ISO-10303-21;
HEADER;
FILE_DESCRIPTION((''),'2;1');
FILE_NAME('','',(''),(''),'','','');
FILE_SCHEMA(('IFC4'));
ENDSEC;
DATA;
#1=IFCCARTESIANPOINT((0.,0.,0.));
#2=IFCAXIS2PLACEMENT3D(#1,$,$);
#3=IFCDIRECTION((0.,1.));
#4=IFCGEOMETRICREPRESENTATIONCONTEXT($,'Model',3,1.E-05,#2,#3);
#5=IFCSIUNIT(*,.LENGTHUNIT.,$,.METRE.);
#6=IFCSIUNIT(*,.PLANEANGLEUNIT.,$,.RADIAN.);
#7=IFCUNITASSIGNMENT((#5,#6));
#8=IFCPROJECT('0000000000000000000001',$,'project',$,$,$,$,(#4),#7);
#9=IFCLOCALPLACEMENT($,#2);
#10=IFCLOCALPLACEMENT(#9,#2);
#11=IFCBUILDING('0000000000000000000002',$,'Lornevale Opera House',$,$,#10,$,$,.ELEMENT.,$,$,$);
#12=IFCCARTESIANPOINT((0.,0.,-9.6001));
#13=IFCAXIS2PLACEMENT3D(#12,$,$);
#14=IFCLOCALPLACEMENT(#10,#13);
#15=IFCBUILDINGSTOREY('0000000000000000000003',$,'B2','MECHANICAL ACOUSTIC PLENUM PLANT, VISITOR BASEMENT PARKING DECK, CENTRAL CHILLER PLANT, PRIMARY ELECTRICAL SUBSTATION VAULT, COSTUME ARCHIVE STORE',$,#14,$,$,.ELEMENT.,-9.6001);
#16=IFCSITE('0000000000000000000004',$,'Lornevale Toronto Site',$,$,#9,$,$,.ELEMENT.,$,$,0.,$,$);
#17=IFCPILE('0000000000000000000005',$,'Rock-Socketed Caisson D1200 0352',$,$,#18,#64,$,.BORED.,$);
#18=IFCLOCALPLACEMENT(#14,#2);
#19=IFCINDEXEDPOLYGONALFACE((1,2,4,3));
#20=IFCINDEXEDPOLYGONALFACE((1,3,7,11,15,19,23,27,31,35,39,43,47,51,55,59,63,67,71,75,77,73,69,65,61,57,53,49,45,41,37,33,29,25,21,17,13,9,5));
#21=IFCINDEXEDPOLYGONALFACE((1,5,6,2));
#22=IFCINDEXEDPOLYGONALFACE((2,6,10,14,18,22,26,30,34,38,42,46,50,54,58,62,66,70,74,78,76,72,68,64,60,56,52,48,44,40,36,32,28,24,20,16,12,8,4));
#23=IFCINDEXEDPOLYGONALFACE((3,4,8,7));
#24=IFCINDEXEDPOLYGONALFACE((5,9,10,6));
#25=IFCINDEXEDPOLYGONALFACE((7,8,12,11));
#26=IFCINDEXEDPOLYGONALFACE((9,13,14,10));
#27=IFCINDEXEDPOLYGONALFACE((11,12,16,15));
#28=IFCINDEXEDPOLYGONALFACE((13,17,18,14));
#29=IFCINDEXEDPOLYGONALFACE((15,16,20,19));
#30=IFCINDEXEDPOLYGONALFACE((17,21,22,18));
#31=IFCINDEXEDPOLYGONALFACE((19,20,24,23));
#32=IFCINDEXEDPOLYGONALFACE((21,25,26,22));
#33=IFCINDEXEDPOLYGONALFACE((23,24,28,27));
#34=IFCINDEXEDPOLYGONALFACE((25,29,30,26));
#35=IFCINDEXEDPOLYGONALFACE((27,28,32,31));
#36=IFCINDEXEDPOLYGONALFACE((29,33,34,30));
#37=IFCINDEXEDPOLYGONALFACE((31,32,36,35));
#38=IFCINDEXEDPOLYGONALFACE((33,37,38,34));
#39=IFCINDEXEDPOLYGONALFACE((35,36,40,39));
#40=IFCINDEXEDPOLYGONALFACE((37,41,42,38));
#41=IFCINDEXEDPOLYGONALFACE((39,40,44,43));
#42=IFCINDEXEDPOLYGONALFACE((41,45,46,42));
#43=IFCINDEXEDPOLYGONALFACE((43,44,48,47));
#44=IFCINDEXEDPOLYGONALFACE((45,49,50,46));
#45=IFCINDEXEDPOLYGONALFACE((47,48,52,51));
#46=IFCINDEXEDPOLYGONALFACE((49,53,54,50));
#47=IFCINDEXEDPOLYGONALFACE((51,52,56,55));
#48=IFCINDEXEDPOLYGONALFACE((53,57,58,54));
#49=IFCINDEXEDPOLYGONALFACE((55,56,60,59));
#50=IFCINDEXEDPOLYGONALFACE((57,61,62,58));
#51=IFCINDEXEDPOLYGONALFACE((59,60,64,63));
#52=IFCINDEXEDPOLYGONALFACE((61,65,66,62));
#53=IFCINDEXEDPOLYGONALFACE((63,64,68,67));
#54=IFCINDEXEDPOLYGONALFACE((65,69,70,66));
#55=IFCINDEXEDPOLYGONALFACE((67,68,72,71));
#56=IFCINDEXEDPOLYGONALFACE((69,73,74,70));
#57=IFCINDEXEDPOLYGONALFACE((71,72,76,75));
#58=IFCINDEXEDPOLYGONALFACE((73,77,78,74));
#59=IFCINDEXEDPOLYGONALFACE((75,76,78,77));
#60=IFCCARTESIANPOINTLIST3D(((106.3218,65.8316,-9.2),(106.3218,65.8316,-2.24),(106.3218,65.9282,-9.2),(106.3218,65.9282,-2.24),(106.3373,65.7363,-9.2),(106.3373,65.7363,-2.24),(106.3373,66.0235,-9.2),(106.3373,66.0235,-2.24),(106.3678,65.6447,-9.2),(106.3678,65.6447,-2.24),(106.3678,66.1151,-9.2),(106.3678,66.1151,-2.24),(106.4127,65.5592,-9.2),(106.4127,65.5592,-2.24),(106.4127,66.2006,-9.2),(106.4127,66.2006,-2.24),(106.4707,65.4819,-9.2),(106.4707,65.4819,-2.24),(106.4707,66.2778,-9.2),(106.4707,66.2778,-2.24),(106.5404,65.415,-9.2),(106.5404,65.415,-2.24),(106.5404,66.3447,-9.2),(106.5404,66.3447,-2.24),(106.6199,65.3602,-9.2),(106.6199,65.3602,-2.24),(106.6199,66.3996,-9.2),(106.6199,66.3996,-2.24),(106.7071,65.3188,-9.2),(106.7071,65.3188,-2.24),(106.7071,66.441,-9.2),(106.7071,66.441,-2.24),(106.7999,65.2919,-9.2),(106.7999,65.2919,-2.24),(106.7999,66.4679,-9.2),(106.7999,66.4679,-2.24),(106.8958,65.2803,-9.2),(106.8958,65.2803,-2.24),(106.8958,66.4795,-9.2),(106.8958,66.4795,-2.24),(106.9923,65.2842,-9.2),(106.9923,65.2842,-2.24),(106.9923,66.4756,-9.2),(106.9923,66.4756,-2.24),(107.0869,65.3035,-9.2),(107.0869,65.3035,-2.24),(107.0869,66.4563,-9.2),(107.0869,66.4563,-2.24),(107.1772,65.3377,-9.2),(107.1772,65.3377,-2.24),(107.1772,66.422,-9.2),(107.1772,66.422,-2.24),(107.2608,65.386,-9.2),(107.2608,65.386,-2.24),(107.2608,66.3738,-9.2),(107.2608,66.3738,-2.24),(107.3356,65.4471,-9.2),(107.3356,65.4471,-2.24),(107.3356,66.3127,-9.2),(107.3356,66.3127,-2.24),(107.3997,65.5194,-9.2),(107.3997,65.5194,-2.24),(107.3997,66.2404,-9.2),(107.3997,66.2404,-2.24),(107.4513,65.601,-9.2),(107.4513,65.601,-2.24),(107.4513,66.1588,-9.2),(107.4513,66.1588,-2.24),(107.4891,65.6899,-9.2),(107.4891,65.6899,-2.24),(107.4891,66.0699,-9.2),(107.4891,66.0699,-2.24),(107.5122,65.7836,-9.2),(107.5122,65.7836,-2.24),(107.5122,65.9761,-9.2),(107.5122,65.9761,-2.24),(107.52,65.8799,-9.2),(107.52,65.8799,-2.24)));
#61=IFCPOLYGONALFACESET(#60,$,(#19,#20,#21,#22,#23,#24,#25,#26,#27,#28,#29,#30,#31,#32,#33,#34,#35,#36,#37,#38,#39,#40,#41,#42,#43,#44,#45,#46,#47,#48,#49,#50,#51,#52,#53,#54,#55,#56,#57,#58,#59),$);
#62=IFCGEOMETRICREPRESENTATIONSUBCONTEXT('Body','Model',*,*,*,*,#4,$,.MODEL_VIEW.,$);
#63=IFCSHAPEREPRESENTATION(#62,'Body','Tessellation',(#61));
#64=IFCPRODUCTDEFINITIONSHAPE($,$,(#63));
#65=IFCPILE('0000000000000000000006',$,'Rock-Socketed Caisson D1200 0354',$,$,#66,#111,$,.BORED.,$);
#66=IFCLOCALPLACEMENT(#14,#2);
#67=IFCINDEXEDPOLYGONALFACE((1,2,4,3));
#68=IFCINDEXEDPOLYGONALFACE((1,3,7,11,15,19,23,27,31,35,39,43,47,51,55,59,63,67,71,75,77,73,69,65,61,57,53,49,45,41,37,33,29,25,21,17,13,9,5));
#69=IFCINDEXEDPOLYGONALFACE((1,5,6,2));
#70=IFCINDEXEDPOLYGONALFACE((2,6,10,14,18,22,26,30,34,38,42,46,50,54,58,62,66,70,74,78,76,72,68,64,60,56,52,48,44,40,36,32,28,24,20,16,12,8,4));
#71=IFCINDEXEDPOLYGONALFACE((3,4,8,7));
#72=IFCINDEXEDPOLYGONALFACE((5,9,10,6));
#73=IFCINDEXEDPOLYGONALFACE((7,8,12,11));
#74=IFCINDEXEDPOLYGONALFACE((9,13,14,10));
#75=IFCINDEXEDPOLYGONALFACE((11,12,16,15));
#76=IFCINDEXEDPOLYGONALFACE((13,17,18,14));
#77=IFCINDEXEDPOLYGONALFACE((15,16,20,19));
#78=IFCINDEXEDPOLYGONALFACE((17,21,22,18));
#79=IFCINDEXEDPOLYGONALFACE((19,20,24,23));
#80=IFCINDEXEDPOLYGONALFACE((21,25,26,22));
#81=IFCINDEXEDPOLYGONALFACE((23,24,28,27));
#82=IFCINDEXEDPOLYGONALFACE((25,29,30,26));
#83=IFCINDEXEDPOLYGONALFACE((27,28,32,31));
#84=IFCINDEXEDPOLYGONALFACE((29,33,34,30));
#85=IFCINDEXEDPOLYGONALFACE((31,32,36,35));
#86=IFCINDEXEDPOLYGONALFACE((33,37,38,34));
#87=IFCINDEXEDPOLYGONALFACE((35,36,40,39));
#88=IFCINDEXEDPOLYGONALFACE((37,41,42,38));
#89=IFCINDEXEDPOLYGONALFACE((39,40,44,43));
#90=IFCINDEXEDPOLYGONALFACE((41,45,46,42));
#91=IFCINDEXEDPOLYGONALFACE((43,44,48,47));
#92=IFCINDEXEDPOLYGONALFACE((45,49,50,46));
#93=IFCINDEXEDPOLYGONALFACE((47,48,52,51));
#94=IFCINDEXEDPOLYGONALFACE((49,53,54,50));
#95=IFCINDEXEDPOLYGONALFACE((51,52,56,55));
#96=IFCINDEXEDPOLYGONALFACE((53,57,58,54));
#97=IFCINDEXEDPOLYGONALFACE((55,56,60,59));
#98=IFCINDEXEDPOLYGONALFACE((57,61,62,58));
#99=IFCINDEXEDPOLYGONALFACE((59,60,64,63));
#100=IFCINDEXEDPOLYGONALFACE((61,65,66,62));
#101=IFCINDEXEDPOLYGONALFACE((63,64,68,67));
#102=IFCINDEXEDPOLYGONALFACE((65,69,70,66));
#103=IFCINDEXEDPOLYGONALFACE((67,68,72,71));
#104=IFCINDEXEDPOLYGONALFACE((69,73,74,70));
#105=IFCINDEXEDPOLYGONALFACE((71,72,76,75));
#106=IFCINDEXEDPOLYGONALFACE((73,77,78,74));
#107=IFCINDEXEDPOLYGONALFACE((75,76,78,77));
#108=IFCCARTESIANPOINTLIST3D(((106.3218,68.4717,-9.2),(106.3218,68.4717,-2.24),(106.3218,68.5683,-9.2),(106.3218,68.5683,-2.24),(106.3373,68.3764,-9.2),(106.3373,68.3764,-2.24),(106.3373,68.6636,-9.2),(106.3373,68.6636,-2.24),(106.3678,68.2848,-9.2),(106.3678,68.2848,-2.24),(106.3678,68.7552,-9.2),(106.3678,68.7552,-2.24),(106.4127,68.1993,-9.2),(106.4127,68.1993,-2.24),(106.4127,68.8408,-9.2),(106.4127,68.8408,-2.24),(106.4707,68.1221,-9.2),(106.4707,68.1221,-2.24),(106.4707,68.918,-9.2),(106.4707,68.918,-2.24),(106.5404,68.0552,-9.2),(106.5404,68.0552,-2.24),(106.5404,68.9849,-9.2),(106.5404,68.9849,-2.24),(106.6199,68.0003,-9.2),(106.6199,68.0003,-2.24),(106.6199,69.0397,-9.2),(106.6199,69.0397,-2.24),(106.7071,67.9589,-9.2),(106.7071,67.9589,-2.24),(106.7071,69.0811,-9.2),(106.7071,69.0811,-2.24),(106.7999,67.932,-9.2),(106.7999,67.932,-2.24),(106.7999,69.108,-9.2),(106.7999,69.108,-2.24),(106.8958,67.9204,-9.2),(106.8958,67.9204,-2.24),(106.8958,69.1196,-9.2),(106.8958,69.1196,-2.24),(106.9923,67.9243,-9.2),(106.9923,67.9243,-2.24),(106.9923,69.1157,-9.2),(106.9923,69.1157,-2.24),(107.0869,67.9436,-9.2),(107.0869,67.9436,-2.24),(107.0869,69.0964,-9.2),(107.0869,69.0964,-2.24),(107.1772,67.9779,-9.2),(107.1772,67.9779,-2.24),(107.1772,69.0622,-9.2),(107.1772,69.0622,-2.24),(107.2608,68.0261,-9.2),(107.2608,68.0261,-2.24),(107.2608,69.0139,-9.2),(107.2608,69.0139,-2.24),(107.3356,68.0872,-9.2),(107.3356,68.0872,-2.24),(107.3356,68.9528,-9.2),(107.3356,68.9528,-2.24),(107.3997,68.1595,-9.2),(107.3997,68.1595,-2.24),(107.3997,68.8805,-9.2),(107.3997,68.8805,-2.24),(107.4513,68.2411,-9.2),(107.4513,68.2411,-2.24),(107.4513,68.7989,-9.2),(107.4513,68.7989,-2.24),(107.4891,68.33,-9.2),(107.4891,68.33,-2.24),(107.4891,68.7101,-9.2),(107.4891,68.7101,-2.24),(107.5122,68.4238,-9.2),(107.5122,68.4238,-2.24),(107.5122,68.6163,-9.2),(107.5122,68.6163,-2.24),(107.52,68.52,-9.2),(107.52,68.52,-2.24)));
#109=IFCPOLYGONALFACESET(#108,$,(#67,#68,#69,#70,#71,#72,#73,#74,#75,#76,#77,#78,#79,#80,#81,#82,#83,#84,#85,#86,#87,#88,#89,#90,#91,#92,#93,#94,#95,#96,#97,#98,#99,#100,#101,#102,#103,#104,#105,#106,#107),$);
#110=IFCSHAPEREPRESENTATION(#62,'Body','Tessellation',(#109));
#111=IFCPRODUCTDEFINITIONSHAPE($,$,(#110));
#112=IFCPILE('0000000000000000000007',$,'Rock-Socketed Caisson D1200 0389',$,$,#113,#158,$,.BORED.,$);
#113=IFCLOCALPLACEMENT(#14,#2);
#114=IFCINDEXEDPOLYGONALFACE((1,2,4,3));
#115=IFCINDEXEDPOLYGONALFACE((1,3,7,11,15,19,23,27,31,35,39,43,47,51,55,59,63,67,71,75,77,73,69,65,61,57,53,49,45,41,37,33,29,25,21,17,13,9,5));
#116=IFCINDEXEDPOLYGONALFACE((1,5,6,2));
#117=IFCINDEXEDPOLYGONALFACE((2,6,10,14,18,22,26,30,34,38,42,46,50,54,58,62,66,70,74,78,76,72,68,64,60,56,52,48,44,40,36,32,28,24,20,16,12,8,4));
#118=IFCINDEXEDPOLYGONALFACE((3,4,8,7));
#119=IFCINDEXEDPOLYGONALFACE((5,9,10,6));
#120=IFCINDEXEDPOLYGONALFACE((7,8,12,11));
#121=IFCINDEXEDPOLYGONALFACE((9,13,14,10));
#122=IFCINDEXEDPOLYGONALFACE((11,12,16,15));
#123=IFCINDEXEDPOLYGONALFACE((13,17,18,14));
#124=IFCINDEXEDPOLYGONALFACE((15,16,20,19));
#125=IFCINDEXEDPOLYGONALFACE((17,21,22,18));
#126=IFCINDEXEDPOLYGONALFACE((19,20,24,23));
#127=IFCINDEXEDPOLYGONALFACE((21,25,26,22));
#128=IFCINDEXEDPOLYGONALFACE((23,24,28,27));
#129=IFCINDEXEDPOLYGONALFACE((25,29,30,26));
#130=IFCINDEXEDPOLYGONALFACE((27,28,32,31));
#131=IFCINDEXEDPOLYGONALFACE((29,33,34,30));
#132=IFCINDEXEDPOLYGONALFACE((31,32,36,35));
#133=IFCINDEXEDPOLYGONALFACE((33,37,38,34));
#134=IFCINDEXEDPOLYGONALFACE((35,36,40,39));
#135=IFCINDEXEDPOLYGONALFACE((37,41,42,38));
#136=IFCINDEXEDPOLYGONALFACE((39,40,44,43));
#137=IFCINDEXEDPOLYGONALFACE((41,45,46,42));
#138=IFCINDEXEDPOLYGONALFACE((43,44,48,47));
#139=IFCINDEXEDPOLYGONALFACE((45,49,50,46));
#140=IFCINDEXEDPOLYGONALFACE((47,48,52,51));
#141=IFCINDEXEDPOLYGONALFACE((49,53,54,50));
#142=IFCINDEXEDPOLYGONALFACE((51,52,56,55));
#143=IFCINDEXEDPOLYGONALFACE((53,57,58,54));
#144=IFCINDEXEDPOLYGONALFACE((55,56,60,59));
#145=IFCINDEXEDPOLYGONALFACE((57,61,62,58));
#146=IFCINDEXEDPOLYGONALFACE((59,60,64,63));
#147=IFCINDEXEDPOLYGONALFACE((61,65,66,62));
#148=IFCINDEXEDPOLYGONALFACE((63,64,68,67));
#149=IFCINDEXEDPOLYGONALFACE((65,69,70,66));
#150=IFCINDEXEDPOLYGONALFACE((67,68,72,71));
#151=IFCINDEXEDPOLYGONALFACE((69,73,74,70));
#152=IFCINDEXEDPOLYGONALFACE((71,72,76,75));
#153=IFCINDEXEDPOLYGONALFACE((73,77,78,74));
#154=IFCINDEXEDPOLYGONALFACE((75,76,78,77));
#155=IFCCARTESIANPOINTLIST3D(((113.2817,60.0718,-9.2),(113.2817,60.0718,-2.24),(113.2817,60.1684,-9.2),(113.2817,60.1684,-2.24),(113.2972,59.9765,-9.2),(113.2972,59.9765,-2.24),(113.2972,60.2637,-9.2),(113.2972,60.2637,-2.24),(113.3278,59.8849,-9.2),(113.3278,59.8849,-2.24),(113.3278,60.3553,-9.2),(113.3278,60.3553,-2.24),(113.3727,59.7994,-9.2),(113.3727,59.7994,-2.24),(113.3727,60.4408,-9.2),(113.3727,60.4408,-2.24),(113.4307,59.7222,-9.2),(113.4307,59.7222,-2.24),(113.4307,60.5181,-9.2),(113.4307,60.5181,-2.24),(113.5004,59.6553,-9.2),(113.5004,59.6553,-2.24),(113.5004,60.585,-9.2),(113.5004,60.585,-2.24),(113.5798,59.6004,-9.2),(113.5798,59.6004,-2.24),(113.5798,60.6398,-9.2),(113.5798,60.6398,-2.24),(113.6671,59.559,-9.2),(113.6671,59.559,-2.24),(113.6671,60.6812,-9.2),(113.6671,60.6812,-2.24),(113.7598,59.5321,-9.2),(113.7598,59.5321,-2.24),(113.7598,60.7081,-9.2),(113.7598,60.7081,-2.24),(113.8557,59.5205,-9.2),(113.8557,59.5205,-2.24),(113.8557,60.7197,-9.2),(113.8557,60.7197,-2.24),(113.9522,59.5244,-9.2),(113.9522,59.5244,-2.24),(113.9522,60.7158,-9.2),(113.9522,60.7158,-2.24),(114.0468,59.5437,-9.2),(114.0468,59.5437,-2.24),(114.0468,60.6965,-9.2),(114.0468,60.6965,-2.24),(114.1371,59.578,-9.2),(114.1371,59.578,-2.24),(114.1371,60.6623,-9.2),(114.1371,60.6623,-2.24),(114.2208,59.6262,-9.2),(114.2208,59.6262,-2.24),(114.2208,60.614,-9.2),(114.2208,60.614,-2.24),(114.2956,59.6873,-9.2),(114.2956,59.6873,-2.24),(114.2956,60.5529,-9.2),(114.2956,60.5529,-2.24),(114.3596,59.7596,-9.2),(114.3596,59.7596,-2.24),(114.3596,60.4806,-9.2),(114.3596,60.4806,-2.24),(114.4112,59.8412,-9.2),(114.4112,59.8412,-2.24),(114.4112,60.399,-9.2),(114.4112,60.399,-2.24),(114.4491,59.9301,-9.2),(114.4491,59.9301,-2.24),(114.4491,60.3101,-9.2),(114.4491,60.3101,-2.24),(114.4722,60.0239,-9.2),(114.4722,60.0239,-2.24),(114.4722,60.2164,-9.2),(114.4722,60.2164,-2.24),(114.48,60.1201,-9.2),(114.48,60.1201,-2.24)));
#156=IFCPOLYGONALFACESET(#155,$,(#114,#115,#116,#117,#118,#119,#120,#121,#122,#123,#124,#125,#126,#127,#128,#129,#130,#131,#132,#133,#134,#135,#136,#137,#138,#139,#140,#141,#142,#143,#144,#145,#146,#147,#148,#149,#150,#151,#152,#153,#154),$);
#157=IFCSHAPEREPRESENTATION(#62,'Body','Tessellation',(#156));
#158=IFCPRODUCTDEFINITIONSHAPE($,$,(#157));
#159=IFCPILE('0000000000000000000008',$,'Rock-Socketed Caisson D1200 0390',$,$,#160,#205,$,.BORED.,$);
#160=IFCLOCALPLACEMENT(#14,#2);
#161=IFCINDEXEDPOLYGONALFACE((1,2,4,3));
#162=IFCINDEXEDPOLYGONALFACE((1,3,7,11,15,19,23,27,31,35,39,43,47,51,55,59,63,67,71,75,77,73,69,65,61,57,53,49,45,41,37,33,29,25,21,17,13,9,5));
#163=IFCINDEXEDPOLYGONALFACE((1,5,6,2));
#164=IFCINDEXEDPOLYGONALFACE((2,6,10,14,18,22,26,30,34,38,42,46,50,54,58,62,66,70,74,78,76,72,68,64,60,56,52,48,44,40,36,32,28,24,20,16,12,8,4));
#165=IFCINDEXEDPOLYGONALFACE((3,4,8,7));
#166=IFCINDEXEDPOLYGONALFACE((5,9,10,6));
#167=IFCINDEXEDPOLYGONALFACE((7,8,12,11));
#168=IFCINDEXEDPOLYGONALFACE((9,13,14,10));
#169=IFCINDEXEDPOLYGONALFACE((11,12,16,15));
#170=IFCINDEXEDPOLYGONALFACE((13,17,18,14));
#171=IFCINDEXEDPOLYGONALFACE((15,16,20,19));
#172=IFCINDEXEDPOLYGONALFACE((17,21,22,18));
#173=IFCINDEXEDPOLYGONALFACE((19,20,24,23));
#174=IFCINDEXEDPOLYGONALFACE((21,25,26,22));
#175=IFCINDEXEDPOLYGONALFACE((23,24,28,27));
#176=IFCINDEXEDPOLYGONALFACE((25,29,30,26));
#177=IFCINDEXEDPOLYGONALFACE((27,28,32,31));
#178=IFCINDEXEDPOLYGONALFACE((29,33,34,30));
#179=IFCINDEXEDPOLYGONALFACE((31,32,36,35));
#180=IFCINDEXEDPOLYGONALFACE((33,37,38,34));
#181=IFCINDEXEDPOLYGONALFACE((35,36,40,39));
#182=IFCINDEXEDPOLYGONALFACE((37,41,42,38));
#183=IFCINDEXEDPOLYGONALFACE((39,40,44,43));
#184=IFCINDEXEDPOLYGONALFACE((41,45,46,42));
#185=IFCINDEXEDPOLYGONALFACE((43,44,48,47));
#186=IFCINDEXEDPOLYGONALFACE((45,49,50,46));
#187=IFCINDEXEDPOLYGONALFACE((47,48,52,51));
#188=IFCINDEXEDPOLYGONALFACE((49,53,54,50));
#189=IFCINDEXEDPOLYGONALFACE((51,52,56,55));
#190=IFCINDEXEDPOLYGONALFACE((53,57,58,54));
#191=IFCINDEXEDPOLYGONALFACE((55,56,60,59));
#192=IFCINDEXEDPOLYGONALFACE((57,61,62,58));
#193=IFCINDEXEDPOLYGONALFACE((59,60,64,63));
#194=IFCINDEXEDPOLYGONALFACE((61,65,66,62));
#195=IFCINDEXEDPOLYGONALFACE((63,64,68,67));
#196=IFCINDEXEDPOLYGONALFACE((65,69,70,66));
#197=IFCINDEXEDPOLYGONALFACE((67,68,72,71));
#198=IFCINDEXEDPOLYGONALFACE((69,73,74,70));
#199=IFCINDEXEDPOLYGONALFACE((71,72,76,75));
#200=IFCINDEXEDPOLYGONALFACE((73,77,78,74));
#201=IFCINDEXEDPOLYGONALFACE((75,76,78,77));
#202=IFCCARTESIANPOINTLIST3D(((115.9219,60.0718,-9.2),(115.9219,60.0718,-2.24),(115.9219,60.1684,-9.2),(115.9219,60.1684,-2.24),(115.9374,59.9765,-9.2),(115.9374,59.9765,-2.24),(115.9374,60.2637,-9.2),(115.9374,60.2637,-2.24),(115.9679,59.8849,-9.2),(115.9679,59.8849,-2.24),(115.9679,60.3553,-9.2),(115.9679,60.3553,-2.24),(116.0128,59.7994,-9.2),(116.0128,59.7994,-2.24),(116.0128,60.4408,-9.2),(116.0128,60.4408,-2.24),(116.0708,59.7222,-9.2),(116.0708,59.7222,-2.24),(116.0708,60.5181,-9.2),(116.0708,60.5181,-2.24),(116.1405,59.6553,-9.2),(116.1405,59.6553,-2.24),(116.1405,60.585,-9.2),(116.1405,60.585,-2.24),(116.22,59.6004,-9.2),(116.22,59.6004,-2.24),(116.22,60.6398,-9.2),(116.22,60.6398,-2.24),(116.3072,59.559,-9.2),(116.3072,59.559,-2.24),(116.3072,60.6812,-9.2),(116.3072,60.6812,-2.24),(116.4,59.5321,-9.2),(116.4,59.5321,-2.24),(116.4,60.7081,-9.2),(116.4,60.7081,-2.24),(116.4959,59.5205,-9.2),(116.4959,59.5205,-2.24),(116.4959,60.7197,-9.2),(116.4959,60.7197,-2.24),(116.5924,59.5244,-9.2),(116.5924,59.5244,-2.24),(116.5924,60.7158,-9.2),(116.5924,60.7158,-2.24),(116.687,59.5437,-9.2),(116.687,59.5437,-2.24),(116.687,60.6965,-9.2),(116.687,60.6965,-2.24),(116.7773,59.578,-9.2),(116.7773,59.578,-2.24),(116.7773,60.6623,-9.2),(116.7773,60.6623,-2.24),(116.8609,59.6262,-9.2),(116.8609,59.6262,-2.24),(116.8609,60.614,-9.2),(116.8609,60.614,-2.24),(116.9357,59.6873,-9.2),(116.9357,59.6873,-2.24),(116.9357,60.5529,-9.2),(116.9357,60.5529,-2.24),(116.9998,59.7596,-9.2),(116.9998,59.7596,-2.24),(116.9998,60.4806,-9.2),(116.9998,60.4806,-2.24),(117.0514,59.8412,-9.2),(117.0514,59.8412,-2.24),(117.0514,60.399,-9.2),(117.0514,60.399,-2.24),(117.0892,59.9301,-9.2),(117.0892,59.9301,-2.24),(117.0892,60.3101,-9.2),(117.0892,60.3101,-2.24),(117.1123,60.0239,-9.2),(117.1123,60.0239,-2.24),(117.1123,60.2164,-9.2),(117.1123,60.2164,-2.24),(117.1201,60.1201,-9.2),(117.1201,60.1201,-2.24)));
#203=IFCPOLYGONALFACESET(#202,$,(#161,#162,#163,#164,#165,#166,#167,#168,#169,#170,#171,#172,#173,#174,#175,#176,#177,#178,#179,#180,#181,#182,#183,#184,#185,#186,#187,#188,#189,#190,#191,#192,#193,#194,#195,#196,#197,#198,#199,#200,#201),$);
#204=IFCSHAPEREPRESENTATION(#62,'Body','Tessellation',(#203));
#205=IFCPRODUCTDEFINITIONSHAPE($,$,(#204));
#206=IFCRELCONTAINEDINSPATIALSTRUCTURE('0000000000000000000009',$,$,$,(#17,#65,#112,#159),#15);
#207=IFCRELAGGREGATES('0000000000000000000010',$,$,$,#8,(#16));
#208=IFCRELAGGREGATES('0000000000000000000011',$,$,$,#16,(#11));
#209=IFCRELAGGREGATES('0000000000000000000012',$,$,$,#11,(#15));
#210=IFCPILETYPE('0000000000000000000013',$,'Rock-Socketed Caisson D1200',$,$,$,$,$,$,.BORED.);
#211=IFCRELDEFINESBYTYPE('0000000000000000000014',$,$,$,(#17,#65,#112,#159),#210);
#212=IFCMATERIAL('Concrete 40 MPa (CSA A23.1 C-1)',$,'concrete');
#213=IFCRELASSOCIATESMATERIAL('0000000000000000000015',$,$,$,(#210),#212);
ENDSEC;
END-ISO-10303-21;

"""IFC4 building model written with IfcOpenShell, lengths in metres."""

from ifc_helpers import new_model, si_unit, direction, frame, origin, origin_2d, place, context, subcontext, project, spatial, circle, extrude, material, material_profile, profile_set, type_object, element, save


model = new_model("IFC4")

# Units and contexts
model_context = context("Model", 3, precision=1e-05, world=origin(), true_north=direction((0.0, 1.0)))
body_context = subcontext(model_context, "Body", "Model", "MODEL_VIEW")
ifc_project = project(units=[si_unit("LENGTHUNIT", "METRE"), si_unit("PLANEANGLEUNIT", "RADIAN")], contexts=[model_context])

# Site, building, storey
site_placement = place(None, origin())
site = spatial("IfcSite", under=ifc_project, at=site_placement, Name="Lornevale Toronto Site", CompositionType="ELEMENT", RefElevation=0.0)
building_placement = place(site_placement, origin())
building = spatial("IfcBuilding", under=site, at=building_placement, Name="Lornevale Opera House", CompositionType="ELEMENT")
storey_placement = place(building_placement, frame((0.0, 0.0, -9.6001)))
storey = spatial("IfcBuildingStorey", under=building, at=storey_placement, Name="B2", Description="MECHANICAL ACOUSTIC PLENUM PLANT, VISITOR BASEMENT PARKING DECK, CENTRAL CHILLER PLANT, PRIMARY ELECTRICAL SUBSTATION VAULT, COSTUME ARCHIVE STORE", CompositionType="ELEMENT", Elevation=-9.6001)

# Piles
ifc_material_1 = material(Name="Concrete 40 MPa (CSA A23.1 C-1)", Category="concrete")
ifc_material_profile_1 = material_profile(ifc_material_1, circle(Radius=0.6001, at=origin_2d()), Name="CAIS1200")
ifc_profile_set_1 = profile_set([ifc_material_profile_1], Name="Concrete 40 MPa (CSA A23.1 C-1)")
pile_type_1 = type_object("IfcPileType", Name="Rock-Socketed Caisson D1200", PredefinedType="BORED", material=ifc_profile_set_1)
for number, where, z_axis, x_axis, name in (
    (1, (106.9199, 65.8799, -2.24), (0.0, 0.0, -1.0), (1.0, 0.0, 0.0), "Rock-Socketed Caisson D1200 0352"),
    (2, (106.9199, 68.52, -2.24), (0.0, 0.0, -1.0), (1.0, 0.0, 0.0), "Rock-Socketed Caisson D1200 0354"),
    (3, (113.8799, 60.1201, -2.24), (0.0, 0.0, -1.0), (1.0, 0.0, 0.0), "Rock-Socketed Caisson D1200 0389"),
    (4, (116.52, 60.1201, -2.24), (0.0, 0.0, -1.0), (1.0, 0.0, 0.0), "Rock-Socketed Caisson D1200 0390"),
):
    element("IfcPile", number, at=place(storey_placement, frame(where, z_axis=z_axis, x_axis=x_axis)), inside=storey, type_object=pile_type_1, Name=name, PredefinedType="BORED", context=body_context, shape_type="SweptSolid", body=[
        extrude(circle(Radius=0.6001, at=origin_2d()), origin(), (0.0, 0.0, 1.0), 6.96),
    ])

save(model, "model.ifc")
